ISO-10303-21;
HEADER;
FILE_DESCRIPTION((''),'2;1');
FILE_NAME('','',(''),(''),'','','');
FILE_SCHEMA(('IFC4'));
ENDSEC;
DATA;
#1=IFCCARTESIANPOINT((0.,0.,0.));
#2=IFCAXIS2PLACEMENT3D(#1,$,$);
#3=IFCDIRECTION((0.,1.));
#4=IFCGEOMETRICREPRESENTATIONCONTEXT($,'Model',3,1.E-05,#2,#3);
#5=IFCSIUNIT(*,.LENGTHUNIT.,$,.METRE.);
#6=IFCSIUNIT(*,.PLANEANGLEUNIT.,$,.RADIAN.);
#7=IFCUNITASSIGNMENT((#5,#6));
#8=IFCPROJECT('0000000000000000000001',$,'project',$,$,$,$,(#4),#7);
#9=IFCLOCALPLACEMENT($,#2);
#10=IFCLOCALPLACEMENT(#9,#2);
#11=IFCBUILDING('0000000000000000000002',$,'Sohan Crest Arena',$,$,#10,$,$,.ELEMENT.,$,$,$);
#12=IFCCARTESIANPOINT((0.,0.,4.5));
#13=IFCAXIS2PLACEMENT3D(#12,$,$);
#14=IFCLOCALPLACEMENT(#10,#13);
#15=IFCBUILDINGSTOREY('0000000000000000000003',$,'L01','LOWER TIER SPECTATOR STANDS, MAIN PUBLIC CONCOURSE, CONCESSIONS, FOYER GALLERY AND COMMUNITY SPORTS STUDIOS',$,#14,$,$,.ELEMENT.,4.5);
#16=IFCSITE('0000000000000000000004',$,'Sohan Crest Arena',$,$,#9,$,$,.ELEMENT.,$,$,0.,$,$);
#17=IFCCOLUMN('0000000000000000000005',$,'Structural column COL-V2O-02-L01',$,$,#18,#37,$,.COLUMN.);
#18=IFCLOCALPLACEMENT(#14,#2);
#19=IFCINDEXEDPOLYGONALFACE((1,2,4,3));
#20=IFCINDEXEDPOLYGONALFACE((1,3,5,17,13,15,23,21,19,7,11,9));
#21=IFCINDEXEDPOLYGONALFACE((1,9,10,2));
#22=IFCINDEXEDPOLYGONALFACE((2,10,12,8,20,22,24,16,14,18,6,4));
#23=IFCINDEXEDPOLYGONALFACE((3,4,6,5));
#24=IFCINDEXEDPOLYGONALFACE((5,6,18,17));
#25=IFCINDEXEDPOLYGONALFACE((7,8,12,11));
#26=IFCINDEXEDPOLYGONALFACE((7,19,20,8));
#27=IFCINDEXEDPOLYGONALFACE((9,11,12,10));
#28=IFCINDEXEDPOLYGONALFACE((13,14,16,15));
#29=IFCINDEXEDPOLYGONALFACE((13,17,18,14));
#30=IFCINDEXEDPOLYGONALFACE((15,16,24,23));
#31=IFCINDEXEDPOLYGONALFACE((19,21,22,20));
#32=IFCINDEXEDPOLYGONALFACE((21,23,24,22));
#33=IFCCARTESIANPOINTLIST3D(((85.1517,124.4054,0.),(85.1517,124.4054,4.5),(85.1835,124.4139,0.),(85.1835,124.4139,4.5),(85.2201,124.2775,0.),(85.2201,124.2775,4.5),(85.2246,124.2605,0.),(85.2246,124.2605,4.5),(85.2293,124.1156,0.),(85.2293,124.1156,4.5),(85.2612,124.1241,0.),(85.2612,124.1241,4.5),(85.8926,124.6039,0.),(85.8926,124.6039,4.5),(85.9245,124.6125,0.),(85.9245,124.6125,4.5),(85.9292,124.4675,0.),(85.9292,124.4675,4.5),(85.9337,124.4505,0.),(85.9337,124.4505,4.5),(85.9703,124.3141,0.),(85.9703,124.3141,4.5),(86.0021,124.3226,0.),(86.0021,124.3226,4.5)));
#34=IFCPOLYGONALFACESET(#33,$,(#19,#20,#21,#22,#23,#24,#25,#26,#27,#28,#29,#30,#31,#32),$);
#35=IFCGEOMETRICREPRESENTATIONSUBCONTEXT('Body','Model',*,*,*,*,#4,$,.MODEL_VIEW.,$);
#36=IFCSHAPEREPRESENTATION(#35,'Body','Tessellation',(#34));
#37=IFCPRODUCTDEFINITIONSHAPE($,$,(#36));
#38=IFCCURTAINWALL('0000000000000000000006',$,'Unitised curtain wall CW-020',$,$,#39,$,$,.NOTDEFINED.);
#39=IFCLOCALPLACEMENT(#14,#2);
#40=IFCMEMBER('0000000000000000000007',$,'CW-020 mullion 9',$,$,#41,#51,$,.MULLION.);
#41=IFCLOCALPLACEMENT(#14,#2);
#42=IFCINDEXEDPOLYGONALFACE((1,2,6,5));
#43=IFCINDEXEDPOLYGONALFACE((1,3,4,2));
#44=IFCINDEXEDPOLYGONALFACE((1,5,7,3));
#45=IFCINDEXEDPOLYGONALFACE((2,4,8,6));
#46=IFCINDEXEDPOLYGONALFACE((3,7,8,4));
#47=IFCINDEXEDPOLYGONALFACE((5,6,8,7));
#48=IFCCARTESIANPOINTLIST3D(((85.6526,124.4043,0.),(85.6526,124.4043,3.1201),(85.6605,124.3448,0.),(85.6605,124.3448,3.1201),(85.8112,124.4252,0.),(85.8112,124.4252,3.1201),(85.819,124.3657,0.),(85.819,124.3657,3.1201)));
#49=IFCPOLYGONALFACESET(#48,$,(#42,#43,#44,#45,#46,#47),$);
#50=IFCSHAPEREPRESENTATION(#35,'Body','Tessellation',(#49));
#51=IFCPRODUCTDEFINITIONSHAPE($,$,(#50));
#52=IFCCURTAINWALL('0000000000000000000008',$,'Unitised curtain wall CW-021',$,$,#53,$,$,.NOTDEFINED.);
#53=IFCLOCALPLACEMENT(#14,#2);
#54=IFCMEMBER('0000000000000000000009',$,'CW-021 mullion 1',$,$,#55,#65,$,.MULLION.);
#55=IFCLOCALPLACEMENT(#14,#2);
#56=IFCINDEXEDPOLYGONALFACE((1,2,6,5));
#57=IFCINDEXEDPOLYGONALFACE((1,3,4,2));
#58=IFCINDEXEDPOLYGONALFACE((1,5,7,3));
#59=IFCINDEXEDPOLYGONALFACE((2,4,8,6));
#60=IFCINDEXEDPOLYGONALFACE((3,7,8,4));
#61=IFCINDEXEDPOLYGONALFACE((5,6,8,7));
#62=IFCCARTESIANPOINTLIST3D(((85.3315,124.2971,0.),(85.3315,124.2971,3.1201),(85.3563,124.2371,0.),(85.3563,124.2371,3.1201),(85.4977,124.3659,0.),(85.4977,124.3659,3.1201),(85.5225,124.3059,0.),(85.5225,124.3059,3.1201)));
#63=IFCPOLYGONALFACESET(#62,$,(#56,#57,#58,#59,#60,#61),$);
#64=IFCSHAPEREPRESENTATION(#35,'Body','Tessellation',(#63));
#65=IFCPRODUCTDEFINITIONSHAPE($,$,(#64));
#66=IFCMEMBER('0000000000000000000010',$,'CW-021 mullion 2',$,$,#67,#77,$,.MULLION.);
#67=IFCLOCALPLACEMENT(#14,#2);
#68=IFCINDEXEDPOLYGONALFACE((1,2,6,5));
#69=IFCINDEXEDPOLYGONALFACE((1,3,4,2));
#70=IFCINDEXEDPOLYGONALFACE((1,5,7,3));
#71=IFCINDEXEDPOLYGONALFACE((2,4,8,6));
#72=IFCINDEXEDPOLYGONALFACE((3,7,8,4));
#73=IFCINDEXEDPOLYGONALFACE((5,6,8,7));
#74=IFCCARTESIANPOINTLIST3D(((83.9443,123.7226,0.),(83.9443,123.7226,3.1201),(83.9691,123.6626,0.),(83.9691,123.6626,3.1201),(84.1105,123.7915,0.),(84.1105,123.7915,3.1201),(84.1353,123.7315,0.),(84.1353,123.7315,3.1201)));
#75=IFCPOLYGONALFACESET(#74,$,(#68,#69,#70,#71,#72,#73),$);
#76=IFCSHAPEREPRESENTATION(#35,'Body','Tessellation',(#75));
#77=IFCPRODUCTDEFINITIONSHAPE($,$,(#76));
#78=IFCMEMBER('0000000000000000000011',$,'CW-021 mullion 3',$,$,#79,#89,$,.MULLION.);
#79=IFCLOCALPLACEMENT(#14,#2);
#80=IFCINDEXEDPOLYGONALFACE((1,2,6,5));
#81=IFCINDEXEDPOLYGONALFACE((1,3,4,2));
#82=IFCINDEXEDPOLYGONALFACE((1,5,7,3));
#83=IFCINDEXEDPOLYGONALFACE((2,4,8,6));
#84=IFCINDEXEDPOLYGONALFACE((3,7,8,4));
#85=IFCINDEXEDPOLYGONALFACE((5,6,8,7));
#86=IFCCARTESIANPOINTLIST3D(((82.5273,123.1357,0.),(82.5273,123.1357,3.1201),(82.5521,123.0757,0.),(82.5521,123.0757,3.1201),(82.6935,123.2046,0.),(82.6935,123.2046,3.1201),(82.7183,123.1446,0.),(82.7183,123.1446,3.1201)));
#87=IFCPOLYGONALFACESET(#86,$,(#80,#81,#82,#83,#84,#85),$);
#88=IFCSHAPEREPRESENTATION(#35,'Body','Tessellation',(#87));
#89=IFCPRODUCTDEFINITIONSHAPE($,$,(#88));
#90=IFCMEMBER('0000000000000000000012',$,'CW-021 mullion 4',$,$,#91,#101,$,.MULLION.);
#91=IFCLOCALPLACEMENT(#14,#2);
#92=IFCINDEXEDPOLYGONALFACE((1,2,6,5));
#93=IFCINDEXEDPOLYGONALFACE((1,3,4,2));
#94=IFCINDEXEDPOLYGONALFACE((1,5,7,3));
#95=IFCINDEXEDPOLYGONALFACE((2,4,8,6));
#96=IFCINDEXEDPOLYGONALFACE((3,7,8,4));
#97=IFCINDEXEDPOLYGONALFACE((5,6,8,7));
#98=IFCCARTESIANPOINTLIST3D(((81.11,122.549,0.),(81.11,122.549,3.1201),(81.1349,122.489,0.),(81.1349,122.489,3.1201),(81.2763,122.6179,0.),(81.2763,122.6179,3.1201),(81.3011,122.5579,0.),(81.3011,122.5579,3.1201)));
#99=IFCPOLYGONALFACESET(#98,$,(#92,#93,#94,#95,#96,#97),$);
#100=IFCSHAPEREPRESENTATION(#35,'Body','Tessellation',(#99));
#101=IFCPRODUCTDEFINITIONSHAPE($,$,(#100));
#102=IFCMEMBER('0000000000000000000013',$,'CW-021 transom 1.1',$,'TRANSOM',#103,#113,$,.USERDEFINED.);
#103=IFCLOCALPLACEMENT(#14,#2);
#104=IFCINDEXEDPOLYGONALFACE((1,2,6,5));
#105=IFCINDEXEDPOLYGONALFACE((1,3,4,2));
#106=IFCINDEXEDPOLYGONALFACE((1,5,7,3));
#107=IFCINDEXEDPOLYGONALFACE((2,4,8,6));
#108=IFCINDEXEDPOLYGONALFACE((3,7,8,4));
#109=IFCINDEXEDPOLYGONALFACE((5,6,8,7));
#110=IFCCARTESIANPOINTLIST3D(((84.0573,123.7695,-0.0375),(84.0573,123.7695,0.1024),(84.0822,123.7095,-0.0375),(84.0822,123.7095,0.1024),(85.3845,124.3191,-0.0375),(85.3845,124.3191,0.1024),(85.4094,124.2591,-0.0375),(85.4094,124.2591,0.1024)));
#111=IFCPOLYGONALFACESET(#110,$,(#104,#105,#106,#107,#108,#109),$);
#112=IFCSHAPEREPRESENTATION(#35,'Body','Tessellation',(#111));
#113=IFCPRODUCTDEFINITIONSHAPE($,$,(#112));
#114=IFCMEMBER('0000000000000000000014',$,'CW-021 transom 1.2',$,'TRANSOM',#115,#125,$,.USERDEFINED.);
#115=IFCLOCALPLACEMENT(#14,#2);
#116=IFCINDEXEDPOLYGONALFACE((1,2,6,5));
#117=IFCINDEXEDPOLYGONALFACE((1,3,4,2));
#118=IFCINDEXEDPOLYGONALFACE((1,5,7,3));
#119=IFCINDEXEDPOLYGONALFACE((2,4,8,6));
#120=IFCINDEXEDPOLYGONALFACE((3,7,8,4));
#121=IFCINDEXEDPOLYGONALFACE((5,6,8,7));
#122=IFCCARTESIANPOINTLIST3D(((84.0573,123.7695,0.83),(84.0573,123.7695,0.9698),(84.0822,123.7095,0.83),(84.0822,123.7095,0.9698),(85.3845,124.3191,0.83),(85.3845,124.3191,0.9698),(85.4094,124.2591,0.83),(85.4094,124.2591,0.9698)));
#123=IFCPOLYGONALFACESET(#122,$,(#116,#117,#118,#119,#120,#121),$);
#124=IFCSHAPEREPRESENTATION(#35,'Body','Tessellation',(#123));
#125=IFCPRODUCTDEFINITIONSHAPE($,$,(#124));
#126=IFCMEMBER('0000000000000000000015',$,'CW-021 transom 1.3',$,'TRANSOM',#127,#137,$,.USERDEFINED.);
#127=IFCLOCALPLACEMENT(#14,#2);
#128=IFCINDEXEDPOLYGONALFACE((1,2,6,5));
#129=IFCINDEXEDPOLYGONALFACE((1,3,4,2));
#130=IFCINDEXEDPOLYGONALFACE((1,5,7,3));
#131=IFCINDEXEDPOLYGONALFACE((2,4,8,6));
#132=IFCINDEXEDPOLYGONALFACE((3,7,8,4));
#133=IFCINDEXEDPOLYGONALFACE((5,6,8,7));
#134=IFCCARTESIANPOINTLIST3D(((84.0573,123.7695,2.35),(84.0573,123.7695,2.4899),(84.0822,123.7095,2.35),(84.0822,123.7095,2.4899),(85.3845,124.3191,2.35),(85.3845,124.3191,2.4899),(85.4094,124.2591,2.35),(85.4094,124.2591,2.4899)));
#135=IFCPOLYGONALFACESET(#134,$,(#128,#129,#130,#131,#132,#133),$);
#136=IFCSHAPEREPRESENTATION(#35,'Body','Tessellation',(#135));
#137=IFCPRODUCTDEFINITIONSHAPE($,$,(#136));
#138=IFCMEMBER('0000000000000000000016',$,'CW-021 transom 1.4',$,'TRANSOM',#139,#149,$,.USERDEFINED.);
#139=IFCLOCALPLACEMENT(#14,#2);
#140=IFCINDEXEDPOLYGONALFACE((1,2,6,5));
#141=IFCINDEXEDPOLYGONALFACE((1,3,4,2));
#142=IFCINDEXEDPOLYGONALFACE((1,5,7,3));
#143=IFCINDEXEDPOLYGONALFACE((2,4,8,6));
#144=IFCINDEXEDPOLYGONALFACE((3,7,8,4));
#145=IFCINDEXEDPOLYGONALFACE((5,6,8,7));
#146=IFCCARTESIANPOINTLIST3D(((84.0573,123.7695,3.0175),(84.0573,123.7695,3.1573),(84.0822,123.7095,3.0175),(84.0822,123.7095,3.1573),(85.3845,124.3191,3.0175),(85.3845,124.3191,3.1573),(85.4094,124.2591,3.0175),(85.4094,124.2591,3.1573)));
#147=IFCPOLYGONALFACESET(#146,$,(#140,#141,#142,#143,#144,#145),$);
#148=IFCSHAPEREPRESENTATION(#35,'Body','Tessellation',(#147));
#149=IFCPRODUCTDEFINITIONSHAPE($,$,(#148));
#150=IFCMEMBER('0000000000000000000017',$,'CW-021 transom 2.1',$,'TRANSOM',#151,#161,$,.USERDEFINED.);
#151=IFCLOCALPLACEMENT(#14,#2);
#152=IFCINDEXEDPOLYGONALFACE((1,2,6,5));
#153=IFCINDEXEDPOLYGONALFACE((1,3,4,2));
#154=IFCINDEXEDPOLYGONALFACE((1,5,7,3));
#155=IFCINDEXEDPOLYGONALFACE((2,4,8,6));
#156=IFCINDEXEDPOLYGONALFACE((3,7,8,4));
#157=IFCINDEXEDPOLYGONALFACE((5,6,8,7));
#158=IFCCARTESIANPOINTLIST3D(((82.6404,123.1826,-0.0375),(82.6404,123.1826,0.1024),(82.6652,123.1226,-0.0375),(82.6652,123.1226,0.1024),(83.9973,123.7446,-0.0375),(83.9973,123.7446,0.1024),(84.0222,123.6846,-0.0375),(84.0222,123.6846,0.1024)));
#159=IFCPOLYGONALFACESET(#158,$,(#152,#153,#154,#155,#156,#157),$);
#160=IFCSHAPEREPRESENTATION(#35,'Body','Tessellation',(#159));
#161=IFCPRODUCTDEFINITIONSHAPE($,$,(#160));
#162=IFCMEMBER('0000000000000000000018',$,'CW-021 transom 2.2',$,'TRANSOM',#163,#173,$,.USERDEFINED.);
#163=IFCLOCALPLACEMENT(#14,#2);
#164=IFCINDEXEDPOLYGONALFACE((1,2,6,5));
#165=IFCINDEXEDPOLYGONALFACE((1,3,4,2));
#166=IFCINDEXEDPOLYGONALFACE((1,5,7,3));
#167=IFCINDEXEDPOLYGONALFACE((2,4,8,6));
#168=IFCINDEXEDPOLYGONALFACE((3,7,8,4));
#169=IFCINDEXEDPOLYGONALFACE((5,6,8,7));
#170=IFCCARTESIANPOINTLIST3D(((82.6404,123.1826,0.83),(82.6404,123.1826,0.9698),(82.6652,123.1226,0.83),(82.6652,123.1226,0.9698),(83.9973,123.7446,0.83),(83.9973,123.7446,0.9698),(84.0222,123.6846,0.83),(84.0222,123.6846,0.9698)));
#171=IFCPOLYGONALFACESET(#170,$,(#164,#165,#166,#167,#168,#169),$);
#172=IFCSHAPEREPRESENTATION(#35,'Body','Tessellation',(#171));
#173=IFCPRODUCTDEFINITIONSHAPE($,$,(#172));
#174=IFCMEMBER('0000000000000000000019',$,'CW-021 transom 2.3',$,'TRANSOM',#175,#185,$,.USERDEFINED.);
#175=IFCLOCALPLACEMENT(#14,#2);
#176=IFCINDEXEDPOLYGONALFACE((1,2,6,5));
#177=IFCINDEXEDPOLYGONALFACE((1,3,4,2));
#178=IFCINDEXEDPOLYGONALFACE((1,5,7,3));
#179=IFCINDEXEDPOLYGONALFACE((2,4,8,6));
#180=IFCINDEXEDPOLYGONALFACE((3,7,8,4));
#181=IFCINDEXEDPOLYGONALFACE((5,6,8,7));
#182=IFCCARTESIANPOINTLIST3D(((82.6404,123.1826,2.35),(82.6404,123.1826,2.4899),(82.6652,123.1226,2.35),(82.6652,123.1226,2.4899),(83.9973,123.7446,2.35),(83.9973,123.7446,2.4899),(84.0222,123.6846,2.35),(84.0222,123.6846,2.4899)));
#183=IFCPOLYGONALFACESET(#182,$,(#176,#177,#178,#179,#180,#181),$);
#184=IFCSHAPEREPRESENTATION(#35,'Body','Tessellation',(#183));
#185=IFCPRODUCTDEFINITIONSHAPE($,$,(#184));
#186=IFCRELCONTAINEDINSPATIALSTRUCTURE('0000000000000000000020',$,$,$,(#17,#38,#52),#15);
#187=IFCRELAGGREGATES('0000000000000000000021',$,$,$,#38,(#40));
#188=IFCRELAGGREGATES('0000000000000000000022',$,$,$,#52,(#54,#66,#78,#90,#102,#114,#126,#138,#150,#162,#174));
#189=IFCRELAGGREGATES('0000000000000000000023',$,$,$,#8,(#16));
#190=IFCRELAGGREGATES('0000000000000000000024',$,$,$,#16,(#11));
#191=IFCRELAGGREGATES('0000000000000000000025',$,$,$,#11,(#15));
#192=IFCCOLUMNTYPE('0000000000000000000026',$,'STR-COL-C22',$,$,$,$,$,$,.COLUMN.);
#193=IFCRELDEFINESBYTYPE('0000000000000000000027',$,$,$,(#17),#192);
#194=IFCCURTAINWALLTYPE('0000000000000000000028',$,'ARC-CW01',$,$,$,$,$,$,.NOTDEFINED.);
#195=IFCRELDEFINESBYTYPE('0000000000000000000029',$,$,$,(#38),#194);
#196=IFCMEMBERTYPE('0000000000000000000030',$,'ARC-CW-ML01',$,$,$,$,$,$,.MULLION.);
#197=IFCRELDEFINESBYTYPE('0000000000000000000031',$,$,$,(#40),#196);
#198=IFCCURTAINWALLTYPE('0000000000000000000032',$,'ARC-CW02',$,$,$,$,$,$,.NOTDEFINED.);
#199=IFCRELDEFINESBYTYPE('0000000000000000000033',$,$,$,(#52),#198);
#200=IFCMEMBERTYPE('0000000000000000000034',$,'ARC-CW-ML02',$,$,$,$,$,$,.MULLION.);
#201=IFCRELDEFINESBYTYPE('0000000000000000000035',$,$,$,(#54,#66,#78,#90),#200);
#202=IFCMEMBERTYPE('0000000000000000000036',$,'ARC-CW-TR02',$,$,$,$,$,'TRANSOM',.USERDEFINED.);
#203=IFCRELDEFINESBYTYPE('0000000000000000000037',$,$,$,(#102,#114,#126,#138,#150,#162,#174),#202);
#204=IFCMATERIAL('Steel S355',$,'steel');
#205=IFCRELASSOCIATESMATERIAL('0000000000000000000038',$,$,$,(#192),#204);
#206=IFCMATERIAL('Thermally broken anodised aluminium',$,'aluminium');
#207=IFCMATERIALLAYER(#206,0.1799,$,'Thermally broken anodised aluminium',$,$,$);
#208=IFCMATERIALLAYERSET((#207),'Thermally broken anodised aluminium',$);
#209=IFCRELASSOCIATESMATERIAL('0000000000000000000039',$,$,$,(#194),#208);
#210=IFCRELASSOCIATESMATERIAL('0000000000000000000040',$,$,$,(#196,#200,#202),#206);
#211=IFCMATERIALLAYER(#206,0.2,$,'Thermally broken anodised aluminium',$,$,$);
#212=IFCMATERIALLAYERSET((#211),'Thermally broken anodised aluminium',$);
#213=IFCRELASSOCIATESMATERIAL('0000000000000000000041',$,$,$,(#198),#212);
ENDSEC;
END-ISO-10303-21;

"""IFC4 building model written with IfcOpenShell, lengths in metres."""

from ifc_helpers import new_model, si_unit, direction, frame, origin, origin_2d, place, context, subcontext, project, spatial, rectangle, i_section, extrude, material, layer, layer_set, material_profile, profile_set, type_object, element, aggregate, save


model = new_model("IFC4")

# Units and contexts
model_context = context("Model", 3, precision=1e-05, world=origin(), true_north=direction((0.0, 1.0)))
body_context = subcontext(model_context, "Body", "Model", "MODEL_VIEW")
ifc_project = project(units=[si_unit("LENGTHUNIT", "METRE"), si_unit("PLANEANGLEUNIT", "RADIAN")], contexts=[model_context])

# Site, building, storey
site_placement = place(None, origin())
site = spatial("IfcSite", under=ifc_project, at=site_placement, Name="Sohan Crest Arena", CompositionType="ELEMENT", RefElevation=0.0)
building_placement = place(site_placement, origin())
building = spatial("IfcBuilding", under=site, at=building_placement, Name="Sohan Crest Arena", CompositionType="ELEMENT")
storey_placement = place(building_placement, frame((0.0, 0.0, 4.5)))
storey = spatial("IfcBuildingStorey", under=building, at=storey_placement, Name="L01", Description="LOWER TIER SPECTATOR STANDS, MAIN PUBLIC CONCOURSE, CONCESSIONS, FOYER GALLERY AND COMMUNITY SPORTS STUDIOS", CompositionType="ELEMENT", Elevation=4.5)

# Column
ifc_material_1 = material(Name="Steel S355", Category="steel")
ifc_material_profile_1 = material_profile(ifc_material_1, i_section(OverallWidth=0.3, OverallDepth=0.8, WebThickness=0.0176, FlangeThickness=0.033, at=origin_2d()), Name="HEB 800")
ifc_profile_set_1 = profile_set([ifc_material_profile_1], Name="Steel S355")
column_type = type_object("IfcColumnType", Name="STR-COL-C22", PredefinedType="COLUMN", material=ifc_profile_set_1)
column_placement = place(storey_placement, frame((85.5769, 124.364, 0.0), z_axis=(0.0, 0.0, 1.0), x_axis=(-0.258819, 0.965926, 0.0)))
element("IfcColumn", 1, at=column_placement, inside=storey, type_object=column_type, Name="Structural column COL-V2O-02-L01", PredefinedType="COLUMN", context=body_context, shape_type="SweptSolid", body=[
    extrude(i_section(OverallWidth=0.3, OverallDepth=0.8, WebThickness=0.0176, FlangeThickness=0.033, at=origin_2d()), origin(), (0.0, 0.0, 1.0), 4.5),
])

# Curtain wall, member
ifc_material_2 = material(Name="Thermally broken anodised aluminium", Category="aluminium")
ifc_layer_1 = layer(ifc_material_2, 0.1799, Name="Thermally broken anodised aluminium")
ifc_layer_set_1 = layer_set([ifc_layer_1], Name="Thermally broken anodised aluminium")
curtain_wall_type_1 = type_object("IfcCurtainWallType", Name="ARC-CW01", PredefinedType="NOTDEFINED", material=ifc_layer_set_1)
curtain_wall_1_placement = place(storey_placement, origin())
curtain_wall_1 = element("IfcCurtainWall", 2, at=curtain_wall_1_placement, inside=storey, type_object=curtain_wall_type_1, Name="Unitised curtain wall CW-020", PredefinedType="NOTDEFINED")
ifc_material_profile_2 = material_profile(ifc_material_2, rectangle(XDim=0.0601, YDim=0.1599, at=origin_2d()), Name="ALU-MULL 60x160")
ifc_profile_set_2 = profile_set([ifc_material_profile_2], Name="Thermally broken anodised aluminium")
member_type_1 = type_object("IfcMemberType", Name="ARC-CW-ML01", PredefinedType="MULLION", material=ifc_profile_set_2)
member_1_placement = place(storey_placement, frame((85.7358, 124.385, 0.0), z_axis=(0.0, 0.0, 1.0), x_axis=(0.130562, -0.99144, 0.0)))
member_1 = element("IfcMember", 3, at=member_1_placement, type_object=member_type_1, Name="CW-020 mullion 9", PredefinedType="MULLION", context=body_context, shape_type="SweptSolid", body=[
    extrude(rectangle(XDim=0.0601, YDim=0.1599, at=origin_2d()), origin(), (0.0, 0.0, 1.0), 3.1201),
])
aggregate(curtain_wall_1, [member_1])

# Curtain wall, members
ifc_layer_2 = layer(ifc_material_2, 0.2, Name="Thermally broken anodised aluminium")
ifc_layer_set_2 = layer_set([ifc_layer_2], Name="Thermally broken anodised aluminium")
curtain_wall_type_2 = type_object("IfcCurtainWallType", Name="ARC-CW02", PredefinedType="NOTDEFINED", material=ifc_layer_set_2)
curtain_wall_2_placement = place(storey_placement, origin())
curtain_wall_2 = element("IfcCurtainWall", 4, at=curtain_wall_2_placement, inside=storey, type_object=curtain_wall_type_2, Name="Unitised curtain wall CW-021", PredefinedType="NOTDEFINED")
ifc_material_profile_3 = material_profile(ifc_material_2, rectangle(XDim=0.0649, YDim=0.1799, at=origin_2d()), Name="ALU-MULL 65x180")
ifc_profile_set_3 = profile_set([ifc_material_profile_3], Name="Thermally broken anodised aluminium")
member_type_2 = type_object("IfcMemberType", Name="ARC-CW-ML02", PredefinedType="MULLION", material=ifc_profile_set_3)
member_2_placement = place(storey_placement, frame((85.427, 124.3015, 0.0), z_axis=(0.0, 0.0, 1.0), x_axis=(0.382618, -0.923907, 0.0)))
member_2 = element("IfcMember", 5, at=member_2_placement, type_object=member_type_2, Name="CW-021 mullion 1", PredefinedType="MULLION", context=body_context, shape_type="SweptSolid", body=[
    extrude(rectangle(XDim=0.0649, YDim=0.1799, at=origin_2d()), origin(), (0.0, 0.0, 1.0), 3.1201),
])
member_3_placement = place(storey_placement, frame((84.0398, 123.7271, 0.0), z_axis=(0.0, 0.0, 1.0), x_axis=(0.382618, -0.923907, 0.0)))
member_3 = element("IfcMember", 6, at=member_3_placement, type_object=member_type_2, Name="CW-021 mullion 2", PredefinedType="MULLION", context=body_context, shape_type="SweptSolid", body=[
    extrude(rectangle(XDim=0.0649, YDim=0.1799, at=origin_2d()), origin(), (0.0, 0.0, 1.0), 3.1201),
])
member_4_placement = place(storey_placement, frame((82.6228, 123.1401, 0.0), z_axis=(0.0, 0.0, 1.0), x_axis=(0.382618, -0.923907, 0.0)))
member_4 = element("IfcMember", 7, at=member_4_placement, type_object=member_type_2, Name="CW-021 mullion 3", PredefinedType="MULLION", context=body_context, shape_type="SweptSolid", body=[
    extrude(rectangle(XDim=0.0649, YDim=0.1799, at=origin_2d()), origin(), (0.0, 0.0, 1.0), 3.1201),
])
member_5_placement = place(storey_placement, frame((81.2056, 122.5535, 0.0), z_axis=(0.0, 0.0, 1.0), x_axis=(0.382618, -0.923907, 0.0)))
member_5 = element("IfcMember", 8, at=member_5_placement, type_object=member_type_2, Name="CW-021 mullion 4", PredefinedType="MULLION", context=body_context, shape_type="SweptSolid", body=[
    extrude(rectangle(XDim=0.0649, YDim=0.1799, at=origin_2d()), origin(), (0.0, 0.0, 1.0), 3.1201),
])
ifc_material_profile_4 = material_profile(ifc_material_2, rectangle(XDim=0.0649, YDim=0.1399, at=origin_2d()), Name="ALU-TRAN 65x140")
ifc_profile_set_4 = profile_set([ifc_material_profile_4], Name="Thermally broken anodised aluminium")
member_type_3 = type_object("IfcMemberType", Name="ARC-CW-TR02", ElementType="TRANSOM", PredefinedType="USERDEFINED", material=ifc_profile_set_4)
member_6_placement = place(storey_placement, frame((85.397, 124.2891, 0.0325), z_axis=(-0.923919, -0.382587, 0.0), x_axis=(0.382587, -0.923919, 0.0)))
member_6 = element("IfcMember", 9, at=member_6_placement, type_object=member_type_3, Name="CW-021 transom 1.1", ObjectType="TRANSOM", PredefinedType="USERDEFINED", context=body_context, shape_type="SweptSolid", body=[
    extrude(rectangle(XDim=0.0649, YDim=0.1399, at=origin_2d()), origin(), (0.0, 0.0, 1.0), 1.4365),
])
member_7_placement = place(storey_placement, frame((85.397, 124.2891, 0.8999), z_axis=(-0.923919, -0.382587, 0.0), x_axis=(0.382587, -0.923919, 0.0)))
member_7 = element("IfcMember", 10, at=member_7_placement, type_object=member_type_3, Name="CW-021 transom 1.2", ObjectType="TRANSOM", PredefinedType="USERDEFINED", context=body_context, shape_type="SweptSolid", body=[
    extrude(rectangle(XDim=0.0649, YDim=0.1399, at=origin_2d()), origin(), (0.0, 0.0, 1.0), 1.4365),
])
member_8_placement = place(storey_placement, frame((85.397, 124.2891, 2.4199), z_axis=(-0.923919, -0.382587, 0.0), x_axis=(0.382587, -0.923919, 0.0)))
member_8 = element("IfcMember", 11, at=member_8_placement, type_object=member_type_3, Name="CW-021 transom 1.3", ObjectType="TRANSOM", PredefinedType="USERDEFINED", context=body_context, shape_type="SweptSolid", body=[
    extrude(rectangle(XDim=0.0649, YDim=0.1399, at=origin_2d()), origin(), (0.0, 0.0, 1.0), 1.4365),
])
member_9_placement = place(storey_placement, frame((85.397, 124.2891, 3.0874), z_axis=(-0.923919, -0.382587, 0.0), x_axis=(0.382587, -0.923919, 0.0)))
member_9 = element("IfcMember", 12, at=member_9_placement, type_object=member_type_3, Name="CW-021 transom 1.4", ObjectType="TRANSOM", PredefinedType="USERDEFINED", context=body_context, shape_type="SweptSolid", body=[
    extrude(rectangle(XDim=0.0649, YDim=0.1399, at=origin_2d()), origin(), (0.0, 0.0, 1.0), 1.4365),
])
member_10_placement = place(storey_placement, frame((84.0098, 123.7146, 0.0325), z_axis=(-0.923891, -0.382655, 0.0), x_axis=(0.382655, -0.923891, 0.0)))
member_10 = element("IfcMember", 13, at=member_10_placement, type_object=member_type_3, Name="CW-021 transom 2.1", ObjectType="TRANSOM", PredefinedType="USERDEFINED", context=body_context, shape_type="SweptSolid", body=[
    extrude(rectangle(XDim=0.0649, YDim=0.1399, at=origin_2d()), origin(), (0.0, 0.0, 1.0), 1.4688),
])
member_11_placement = place(storey_placement, frame((84.0098, 123.7146, 0.8999), z_axis=(-0.923891, -0.382655, 0.0), x_axis=(0.382655, -0.923891, 0.0)))
member_11 = element("IfcMember", 14, at=member_11_placement, type_object=member_type_3, Name="CW-021 transom 2.2", ObjectType="TRANSOM", PredefinedType="USERDEFINED", context=body_context, shape_type="SweptSolid", body=[
    extrude(rectangle(XDim=0.0649, YDim=0.1399, at=origin_2d()), origin(), (0.0, 0.0, 1.0), 1.4688),
])
member_12_placement = place(storey_placement, frame((84.0098, 123.7146, 2.4199), z_axis=(-0.923891, -0.382655, 0.0), x_axis=(0.382655, -0.923891, 0.0)))
member_12 = element("IfcMember", 15, at=member_12_placement, type_object=member_type_3, Name="CW-021 transom 2.3", ObjectType="TRANSOM", PredefinedType="USERDEFINED", context=body_context, shape_type="SweptSolid", body=[
    extrude(rectangle(XDim=0.0649, YDim=0.1399, at=origin_2d()), origin(), (0.0, 0.0, 1.0), 1.4688),
])

aggregate(curtain_wall_2, [member_2, member_3, member_4, member_5, member_6, member_7, member_8, member_9, member_10, member_11, member_12])

save(model, "model.ifc")
